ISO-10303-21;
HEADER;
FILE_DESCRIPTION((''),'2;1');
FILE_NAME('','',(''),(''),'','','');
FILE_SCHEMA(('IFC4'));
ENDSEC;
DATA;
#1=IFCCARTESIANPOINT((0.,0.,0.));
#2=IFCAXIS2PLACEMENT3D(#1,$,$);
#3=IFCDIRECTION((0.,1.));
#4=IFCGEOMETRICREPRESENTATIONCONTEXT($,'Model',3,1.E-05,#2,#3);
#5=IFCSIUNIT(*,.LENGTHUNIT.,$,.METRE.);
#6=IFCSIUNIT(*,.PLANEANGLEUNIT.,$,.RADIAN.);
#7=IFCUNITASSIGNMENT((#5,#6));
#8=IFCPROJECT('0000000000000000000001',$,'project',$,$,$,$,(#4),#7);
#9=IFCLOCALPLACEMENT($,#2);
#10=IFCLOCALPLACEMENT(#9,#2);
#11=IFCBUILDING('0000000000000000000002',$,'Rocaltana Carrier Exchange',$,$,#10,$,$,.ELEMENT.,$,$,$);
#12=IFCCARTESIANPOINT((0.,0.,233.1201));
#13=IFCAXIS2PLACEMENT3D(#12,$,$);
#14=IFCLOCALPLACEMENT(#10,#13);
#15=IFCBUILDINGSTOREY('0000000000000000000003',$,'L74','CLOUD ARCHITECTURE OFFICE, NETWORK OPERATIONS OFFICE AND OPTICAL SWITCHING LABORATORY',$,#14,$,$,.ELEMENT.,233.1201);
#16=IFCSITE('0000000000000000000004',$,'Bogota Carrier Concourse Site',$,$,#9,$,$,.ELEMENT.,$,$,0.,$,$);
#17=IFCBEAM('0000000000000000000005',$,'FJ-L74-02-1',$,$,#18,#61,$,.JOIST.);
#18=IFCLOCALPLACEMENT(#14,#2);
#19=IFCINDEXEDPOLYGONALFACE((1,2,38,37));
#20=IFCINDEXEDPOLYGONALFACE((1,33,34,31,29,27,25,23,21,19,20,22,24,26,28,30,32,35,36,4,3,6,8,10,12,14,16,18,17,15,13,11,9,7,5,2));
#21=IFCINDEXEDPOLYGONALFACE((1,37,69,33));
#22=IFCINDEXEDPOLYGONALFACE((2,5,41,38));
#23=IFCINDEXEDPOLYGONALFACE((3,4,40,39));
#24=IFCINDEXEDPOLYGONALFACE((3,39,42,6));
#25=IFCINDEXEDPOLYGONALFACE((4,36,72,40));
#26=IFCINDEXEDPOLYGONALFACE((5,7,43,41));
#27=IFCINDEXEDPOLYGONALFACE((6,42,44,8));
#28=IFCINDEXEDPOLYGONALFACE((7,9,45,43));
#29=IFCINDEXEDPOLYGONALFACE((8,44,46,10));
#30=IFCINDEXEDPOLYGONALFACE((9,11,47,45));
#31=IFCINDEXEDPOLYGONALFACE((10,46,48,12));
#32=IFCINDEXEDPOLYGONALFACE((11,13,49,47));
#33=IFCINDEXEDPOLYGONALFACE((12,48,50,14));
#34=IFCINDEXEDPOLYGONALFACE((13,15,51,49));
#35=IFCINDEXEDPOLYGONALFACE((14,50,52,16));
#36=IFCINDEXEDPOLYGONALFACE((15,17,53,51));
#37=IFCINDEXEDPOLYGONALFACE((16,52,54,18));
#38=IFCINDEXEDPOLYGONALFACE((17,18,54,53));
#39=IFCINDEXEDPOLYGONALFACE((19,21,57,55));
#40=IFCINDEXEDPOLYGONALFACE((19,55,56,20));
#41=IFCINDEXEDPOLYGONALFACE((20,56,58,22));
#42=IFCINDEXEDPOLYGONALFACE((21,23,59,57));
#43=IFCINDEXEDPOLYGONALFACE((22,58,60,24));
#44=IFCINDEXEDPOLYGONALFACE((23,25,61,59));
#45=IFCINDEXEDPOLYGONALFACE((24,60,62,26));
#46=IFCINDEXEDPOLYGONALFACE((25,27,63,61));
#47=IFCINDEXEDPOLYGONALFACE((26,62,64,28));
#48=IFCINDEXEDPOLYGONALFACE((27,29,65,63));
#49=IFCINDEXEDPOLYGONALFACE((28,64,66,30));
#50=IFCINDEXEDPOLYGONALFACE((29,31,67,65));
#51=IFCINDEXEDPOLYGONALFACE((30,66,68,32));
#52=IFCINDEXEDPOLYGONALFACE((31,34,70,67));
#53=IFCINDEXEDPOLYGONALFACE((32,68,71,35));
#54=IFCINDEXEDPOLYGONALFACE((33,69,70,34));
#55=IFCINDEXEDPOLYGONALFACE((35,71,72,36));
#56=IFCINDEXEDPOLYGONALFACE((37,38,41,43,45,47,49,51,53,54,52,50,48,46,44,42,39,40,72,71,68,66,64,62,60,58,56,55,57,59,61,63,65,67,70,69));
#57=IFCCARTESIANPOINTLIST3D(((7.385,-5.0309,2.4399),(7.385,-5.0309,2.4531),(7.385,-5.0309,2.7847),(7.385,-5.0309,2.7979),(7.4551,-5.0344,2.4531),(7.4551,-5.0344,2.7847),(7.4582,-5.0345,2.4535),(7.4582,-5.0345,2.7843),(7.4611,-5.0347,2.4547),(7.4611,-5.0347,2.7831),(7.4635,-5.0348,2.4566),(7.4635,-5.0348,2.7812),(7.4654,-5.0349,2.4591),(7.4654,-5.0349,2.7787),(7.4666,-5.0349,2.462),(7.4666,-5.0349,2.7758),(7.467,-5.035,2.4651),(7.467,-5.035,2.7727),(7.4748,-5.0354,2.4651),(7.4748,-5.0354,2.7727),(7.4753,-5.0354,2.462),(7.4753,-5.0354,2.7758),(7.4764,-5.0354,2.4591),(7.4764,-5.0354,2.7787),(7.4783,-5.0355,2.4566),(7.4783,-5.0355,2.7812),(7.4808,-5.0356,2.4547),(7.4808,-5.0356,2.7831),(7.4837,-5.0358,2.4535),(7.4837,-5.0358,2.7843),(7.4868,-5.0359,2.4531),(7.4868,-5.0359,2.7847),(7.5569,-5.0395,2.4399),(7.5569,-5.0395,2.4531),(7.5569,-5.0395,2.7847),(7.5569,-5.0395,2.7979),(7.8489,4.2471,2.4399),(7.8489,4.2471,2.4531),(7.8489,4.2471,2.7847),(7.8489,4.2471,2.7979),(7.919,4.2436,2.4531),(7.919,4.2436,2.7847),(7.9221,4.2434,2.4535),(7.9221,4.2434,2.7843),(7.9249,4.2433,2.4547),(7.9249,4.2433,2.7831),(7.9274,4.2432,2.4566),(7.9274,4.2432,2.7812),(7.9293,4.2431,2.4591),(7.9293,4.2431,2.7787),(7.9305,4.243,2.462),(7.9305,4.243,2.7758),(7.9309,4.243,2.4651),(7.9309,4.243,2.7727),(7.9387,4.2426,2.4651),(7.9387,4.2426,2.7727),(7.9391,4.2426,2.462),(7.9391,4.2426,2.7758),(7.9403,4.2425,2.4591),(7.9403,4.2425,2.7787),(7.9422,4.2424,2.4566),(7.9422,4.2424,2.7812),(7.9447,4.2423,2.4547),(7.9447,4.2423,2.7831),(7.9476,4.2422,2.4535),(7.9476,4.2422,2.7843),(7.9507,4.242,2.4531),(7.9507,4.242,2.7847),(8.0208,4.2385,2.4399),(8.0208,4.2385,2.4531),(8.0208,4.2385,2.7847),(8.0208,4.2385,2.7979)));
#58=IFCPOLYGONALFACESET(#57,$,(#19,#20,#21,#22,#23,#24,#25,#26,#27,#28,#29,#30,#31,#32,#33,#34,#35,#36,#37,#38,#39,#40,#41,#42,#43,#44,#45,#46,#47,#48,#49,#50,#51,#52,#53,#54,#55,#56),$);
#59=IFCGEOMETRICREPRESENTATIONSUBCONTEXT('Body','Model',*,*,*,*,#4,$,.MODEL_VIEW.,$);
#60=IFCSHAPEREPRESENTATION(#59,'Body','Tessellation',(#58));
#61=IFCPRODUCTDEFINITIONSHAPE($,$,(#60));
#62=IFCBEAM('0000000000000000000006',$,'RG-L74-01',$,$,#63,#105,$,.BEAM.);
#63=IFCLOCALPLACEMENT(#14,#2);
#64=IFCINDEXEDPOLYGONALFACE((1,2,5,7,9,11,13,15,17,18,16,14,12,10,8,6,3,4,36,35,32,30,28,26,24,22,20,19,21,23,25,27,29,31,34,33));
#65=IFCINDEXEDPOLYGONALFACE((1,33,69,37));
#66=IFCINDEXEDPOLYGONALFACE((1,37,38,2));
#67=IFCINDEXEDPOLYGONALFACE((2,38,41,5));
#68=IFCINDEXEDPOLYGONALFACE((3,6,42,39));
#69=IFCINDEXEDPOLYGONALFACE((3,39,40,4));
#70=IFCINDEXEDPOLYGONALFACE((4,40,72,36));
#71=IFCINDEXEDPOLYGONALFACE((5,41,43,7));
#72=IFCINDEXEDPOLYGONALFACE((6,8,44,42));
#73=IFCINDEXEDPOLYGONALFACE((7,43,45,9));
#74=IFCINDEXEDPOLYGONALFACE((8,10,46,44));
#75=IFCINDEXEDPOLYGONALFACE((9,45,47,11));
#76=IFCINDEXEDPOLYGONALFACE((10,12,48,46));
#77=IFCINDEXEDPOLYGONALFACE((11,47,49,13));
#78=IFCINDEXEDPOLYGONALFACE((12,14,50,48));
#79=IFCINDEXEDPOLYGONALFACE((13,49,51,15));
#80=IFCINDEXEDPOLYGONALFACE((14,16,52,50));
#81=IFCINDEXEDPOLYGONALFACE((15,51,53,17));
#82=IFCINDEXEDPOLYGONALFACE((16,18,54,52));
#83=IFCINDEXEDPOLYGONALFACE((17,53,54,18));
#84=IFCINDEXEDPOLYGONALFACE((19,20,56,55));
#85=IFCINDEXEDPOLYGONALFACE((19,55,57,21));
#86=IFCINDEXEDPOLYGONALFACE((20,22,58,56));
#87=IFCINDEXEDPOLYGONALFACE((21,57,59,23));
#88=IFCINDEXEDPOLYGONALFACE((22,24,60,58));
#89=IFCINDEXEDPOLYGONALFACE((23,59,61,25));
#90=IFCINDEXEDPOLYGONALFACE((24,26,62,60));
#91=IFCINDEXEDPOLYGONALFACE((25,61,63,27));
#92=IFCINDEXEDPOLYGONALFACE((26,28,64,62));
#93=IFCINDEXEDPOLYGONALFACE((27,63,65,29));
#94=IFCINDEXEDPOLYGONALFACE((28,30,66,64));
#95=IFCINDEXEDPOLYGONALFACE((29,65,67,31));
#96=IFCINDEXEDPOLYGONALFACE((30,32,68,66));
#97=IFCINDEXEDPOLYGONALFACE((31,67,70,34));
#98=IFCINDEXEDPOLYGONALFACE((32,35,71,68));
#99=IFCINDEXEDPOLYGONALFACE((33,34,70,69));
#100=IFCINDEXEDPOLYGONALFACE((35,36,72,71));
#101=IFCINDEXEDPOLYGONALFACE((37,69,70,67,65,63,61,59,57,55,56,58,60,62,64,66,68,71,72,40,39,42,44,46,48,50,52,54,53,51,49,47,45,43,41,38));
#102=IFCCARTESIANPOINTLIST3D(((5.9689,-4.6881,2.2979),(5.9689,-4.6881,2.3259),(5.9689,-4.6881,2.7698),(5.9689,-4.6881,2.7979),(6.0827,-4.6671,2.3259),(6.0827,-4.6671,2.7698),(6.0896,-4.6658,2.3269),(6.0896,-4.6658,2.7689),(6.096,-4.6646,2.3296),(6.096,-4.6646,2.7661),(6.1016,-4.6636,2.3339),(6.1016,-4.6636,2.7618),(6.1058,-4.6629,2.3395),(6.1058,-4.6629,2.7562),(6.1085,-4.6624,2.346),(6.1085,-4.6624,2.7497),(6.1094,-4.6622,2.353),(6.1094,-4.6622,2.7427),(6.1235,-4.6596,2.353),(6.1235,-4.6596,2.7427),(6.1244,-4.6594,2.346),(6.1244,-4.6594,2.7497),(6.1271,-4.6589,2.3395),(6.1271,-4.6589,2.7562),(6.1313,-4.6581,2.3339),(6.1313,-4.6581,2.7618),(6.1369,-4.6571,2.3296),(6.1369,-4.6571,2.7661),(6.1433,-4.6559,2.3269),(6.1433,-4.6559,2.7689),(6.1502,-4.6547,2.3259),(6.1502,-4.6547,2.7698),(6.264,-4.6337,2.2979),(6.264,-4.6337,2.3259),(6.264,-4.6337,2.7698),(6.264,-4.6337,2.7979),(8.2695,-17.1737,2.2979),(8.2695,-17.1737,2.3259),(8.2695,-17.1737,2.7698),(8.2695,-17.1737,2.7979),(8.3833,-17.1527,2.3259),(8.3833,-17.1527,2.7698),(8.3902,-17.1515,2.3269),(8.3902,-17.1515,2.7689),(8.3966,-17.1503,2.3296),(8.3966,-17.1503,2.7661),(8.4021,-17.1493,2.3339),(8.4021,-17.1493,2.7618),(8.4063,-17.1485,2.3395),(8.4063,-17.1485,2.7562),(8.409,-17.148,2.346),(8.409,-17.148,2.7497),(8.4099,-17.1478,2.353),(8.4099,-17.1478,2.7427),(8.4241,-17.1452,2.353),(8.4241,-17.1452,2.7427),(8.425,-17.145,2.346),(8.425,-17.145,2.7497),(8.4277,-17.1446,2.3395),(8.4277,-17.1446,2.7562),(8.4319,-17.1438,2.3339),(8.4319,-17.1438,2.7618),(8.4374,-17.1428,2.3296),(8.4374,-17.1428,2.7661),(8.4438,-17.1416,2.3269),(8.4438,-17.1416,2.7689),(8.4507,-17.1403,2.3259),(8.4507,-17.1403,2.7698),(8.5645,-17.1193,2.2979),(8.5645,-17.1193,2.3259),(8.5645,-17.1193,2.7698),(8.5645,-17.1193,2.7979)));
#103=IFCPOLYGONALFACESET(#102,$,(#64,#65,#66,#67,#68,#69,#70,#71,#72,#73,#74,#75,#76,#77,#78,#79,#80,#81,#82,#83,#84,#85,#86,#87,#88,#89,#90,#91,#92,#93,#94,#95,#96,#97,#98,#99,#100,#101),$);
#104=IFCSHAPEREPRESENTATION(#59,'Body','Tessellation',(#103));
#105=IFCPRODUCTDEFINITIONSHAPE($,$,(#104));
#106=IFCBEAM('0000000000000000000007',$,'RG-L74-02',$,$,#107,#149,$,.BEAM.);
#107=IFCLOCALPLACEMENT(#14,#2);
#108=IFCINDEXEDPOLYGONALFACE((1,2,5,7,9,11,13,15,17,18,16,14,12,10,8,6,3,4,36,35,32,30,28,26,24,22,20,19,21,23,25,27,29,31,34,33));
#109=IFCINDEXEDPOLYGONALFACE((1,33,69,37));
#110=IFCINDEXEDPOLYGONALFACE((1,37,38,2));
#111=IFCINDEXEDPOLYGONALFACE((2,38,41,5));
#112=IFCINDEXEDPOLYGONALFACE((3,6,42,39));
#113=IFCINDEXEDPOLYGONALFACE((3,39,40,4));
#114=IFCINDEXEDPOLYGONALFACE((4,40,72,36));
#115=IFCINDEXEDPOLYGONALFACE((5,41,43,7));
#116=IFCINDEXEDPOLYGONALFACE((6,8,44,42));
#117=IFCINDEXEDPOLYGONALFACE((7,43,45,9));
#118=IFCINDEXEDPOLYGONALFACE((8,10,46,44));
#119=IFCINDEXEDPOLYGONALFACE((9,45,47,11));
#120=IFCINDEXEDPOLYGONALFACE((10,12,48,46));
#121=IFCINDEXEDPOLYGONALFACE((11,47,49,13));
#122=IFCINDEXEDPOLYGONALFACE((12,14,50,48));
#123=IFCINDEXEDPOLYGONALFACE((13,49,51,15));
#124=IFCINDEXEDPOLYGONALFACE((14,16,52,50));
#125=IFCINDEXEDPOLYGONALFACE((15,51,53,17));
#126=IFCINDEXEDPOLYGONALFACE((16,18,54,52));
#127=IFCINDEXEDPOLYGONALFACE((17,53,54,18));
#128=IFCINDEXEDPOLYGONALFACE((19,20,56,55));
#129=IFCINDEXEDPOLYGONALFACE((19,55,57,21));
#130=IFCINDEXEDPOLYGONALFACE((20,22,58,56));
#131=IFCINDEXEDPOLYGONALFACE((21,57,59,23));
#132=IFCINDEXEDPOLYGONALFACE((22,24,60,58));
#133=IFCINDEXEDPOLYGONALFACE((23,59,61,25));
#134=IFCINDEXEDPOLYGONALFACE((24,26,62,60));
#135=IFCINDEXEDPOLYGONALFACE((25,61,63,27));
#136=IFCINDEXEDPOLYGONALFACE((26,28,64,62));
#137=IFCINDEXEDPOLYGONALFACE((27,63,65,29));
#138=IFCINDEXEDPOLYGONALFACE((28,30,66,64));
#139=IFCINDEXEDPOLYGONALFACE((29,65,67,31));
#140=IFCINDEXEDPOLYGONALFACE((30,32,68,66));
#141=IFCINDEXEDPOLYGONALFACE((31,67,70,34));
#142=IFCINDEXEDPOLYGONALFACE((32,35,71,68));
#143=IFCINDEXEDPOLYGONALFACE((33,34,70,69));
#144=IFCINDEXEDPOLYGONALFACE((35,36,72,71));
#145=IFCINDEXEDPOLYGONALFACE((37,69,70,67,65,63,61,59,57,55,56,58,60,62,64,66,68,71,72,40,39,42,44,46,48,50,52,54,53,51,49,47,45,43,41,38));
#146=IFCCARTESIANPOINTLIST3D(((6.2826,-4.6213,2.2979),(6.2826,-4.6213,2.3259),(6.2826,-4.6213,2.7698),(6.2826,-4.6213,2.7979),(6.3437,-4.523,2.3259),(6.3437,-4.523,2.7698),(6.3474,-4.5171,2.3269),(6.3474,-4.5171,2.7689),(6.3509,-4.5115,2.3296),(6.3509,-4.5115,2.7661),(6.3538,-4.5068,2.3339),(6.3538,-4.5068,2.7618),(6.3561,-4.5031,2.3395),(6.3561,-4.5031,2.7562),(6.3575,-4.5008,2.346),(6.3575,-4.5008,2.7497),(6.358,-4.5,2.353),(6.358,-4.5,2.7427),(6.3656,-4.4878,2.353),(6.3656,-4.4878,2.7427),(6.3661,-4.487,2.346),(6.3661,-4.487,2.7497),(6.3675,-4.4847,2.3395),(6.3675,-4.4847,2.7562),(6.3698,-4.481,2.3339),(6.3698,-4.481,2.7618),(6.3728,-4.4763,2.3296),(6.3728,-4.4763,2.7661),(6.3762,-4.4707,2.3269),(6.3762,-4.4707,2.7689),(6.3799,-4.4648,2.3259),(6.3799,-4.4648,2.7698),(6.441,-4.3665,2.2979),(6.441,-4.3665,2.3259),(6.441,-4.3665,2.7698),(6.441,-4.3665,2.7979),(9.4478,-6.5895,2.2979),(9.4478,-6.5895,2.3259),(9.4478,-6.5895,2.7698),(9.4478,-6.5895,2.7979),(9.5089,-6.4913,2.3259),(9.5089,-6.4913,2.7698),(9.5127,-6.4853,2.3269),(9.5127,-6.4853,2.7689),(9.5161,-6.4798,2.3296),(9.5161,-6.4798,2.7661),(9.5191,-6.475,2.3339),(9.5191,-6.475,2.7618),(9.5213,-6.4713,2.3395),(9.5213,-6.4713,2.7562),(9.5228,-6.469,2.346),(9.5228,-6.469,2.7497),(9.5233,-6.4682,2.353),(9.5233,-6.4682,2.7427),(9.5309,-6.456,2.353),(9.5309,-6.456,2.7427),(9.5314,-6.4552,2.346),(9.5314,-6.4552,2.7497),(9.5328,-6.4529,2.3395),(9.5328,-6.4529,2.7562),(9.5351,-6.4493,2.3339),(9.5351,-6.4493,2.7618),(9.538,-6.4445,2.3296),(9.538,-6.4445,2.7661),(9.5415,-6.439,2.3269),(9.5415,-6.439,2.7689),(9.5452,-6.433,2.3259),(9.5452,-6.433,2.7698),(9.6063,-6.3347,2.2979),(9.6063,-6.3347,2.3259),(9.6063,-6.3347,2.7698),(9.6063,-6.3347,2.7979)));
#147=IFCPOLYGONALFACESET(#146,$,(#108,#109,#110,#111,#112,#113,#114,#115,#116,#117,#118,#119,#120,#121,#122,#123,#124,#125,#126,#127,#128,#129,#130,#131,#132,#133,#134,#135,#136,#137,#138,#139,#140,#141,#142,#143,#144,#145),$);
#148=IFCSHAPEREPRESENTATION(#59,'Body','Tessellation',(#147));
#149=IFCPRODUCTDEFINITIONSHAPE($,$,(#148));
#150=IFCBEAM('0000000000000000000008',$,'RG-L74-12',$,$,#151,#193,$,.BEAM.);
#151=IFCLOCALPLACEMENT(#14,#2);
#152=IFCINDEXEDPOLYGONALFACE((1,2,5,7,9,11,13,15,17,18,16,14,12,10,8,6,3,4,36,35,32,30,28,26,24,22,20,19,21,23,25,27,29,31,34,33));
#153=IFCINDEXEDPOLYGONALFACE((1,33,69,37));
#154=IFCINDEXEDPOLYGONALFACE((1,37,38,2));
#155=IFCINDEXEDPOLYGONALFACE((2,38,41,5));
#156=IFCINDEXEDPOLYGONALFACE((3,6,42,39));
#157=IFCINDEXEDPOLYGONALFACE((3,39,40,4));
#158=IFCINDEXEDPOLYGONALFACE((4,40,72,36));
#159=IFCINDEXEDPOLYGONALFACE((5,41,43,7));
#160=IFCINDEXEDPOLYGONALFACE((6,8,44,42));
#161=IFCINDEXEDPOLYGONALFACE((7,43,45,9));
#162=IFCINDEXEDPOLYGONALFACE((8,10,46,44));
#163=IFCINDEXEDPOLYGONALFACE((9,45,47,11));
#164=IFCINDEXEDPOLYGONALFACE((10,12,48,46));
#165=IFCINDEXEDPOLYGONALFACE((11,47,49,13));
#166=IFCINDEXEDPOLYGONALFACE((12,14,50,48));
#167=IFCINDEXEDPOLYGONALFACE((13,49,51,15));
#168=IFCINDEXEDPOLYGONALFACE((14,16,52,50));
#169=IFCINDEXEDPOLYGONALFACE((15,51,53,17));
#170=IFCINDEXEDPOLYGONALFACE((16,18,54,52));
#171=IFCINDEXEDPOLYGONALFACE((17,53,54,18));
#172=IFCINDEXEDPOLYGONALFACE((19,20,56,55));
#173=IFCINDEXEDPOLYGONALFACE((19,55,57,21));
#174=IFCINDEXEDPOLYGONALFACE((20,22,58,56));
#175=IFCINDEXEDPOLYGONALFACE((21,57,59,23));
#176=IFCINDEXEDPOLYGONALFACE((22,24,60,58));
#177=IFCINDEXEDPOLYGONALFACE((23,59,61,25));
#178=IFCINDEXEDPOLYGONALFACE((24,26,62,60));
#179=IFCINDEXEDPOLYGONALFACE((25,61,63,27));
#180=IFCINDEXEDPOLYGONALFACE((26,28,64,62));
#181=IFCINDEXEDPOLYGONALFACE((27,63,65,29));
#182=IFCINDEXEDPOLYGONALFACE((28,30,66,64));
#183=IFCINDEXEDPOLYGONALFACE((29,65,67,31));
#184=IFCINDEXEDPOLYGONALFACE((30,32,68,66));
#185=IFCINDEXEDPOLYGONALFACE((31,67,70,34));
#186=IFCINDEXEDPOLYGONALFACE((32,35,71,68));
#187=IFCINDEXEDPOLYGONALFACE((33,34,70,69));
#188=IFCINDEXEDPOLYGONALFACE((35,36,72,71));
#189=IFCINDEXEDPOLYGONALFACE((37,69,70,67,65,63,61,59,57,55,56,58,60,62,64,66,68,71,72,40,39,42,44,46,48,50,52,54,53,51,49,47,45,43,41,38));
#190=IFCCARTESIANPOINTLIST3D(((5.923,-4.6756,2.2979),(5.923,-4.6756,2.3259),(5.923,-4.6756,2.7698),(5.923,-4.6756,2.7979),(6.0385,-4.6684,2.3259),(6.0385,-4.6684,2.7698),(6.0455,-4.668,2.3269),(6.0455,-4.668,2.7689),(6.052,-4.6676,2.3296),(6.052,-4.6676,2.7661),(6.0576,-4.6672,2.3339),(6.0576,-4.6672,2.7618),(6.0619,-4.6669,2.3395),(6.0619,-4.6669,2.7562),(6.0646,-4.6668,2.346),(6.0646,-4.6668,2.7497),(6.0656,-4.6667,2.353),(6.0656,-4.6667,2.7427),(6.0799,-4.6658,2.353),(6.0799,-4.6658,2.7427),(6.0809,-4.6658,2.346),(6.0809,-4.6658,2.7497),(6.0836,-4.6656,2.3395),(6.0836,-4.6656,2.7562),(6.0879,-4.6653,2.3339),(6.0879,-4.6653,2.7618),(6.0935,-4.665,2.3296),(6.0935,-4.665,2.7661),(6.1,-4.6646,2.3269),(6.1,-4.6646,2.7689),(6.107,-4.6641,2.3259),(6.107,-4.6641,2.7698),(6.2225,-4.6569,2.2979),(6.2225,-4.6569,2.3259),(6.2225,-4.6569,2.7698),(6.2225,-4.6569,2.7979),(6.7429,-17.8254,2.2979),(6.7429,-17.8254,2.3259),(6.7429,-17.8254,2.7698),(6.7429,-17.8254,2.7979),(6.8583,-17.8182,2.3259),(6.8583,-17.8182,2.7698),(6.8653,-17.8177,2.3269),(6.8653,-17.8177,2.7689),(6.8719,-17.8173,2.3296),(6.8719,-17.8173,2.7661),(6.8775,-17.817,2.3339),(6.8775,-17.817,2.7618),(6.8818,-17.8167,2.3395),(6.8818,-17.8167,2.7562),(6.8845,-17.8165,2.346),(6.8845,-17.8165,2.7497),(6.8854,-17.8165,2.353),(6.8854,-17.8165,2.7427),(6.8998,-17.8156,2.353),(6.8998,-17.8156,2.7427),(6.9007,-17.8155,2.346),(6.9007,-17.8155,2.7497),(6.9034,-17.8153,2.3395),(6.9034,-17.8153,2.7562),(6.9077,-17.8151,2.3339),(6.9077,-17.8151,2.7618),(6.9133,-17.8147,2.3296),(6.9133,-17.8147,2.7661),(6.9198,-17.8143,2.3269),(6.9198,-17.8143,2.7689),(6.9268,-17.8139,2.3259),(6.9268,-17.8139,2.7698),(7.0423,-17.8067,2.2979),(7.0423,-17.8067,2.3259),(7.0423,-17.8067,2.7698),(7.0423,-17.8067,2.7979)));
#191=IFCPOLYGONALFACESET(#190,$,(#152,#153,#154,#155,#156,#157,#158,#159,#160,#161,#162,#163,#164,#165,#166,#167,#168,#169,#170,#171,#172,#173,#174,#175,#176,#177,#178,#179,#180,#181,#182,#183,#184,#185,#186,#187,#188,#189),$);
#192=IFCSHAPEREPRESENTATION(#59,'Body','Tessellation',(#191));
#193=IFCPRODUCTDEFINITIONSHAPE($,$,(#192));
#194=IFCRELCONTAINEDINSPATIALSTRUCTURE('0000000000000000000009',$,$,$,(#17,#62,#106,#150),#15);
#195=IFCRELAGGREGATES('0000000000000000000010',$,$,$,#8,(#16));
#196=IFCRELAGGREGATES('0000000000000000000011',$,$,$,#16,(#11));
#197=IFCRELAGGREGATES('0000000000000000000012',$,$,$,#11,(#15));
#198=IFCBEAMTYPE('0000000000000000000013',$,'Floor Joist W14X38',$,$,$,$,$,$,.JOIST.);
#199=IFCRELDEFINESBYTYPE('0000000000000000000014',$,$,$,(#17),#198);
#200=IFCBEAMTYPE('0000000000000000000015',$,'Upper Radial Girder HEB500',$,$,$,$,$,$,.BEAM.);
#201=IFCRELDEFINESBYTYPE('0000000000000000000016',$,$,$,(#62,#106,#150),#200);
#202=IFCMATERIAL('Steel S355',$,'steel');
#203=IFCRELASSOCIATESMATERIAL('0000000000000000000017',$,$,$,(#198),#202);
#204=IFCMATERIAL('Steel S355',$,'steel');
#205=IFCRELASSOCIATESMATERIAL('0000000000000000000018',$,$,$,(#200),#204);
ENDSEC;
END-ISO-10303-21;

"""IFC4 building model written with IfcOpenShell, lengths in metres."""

from ifc_helpers import new_model, si_unit, direction, frame, origin, origin_2d, place, context, subcontext, project, spatial, i_section, extrude, material, material_profile, profile_set, type_object, element, save


model = new_model("IFC4")

# Units and contexts
model_context = context("Model", 3, precision=1e-05, world=origin(), true_north=direction((0.0, 1.0)))
body_context = subcontext(model_context, "Body", "Model", "MODEL_VIEW")
ifc_project = project(units=[si_unit("LENGTHUNIT", "METRE"), si_unit("PLANEANGLEUNIT", "RADIAN")], contexts=[model_context])

# Site, building, storey
site_placement = place(None, origin())
site = spatial("IfcSite", under=ifc_project, at=site_placement, Name="Bogota Carrier Concourse Site", CompositionType="ELEMENT", RefElevation=0.0)
building_placement = place(site_placement, origin())
building = spatial("IfcBuilding", under=site, at=building_placement, Name="Rocaltana Carrier Exchange", CompositionType="ELEMENT")
storey_placement = place(building_placement, frame((0.0, 0.0, 233.1201)))
storey = spatial("IfcBuildingStorey", under=building, at=storey_placement, Name="L74", Description="CLOUD ARCHITECTURE OFFICE, NETWORK OPERATIONS OFFICE AND OPTICAL SWITCHING LABORATORY", CompositionType="ELEMENT", Elevation=233.1201)

# Beams
ifc_material_1 = material(Name="Steel S355", Category="steel")
ifc_material_profile_1 = material_profile(ifc_material_1, i_section(OverallWidth=0.1721, OverallDepth=0.3579, WebThickness=0.0078, FlangeThickness=0.0132, FilletRadius=0.012, at=origin_2d()), Name="W14X38")
ifc_profile_set_1 = profile_set([ifc_material_profile_1], Name="Steel S355")
beam_type_1 = type_object("IfcBeamType", Name="Floor Joist W14X38", PredefinedType="JOIST", material=ifc_profile_set_1)
beam_1_placement = place(storey_placement, frame((7.4709, -5.0352, 2.6189), z_axis=(0.049934, 0.998753, 0.0), x_axis=(-0.998753, 0.049934, 0.0)))
element("IfcBeam", 1, at=beam_1_placement, inside=storey, type_object=beam_type_1, Name="FJ-L74-02-1", PredefinedType="JOIST", context=body_context, shape_type="SweptSolid", body=[
    extrude(i_section(OverallWidth=0.1721, OverallDepth=0.3579, WebThickness=0.0078, FlangeThickness=0.0132, FilletRadius=0.012, at=origin_2d()), origin(), (0.0, 0.0, 1.0), 9.2896),
])
ifc_material_2 = material(Name="Steel S355", Category="steel")
ifc_material_profile_2 = material_profile(ifc_material_2, i_section(OverallWidth=0.3, OverallDepth=0.5, WebThickness=0.0144, FlangeThickness=0.0281, FilletRadius=0.0271, at=origin_2d()), Name="HEB500")
ifc_profile_set_2 = profile_set([ifc_material_profile_2], Name="Steel S355")
beam_type_2 = type_object("IfcBeamType", Name="Upper Radial Girder HEB500", PredefinedType="BEAM", material=ifc_profile_set_2)
beam_2_placement = place(storey_placement, frame((6.1165, -4.6609, 2.5479), z_axis=(0.181205, -0.983445, 0.0), x_axis=(0.983445, 0.181205, 0.0)))
element("IfcBeam", 2, at=beam_2_placement, inside=storey, type_object=beam_type_2, Name="RG-L74-01", PredefinedType="BEAM", context=body_context, shape_type="SweptSolid", body=[
    extrude(i_section(OverallWidth=0.3, OverallDepth=0.5, WebThickness=0.0144, FlangeThickness=0.0281, FilletRadius=0.0271, at=origin_2d()), origin(), (0.0, 0.0, 1.0), 12.6958),
])
beam_3_placement = place(storey_placement, frame((6.3618, -4.4939, 2.5479), z_axis=(0.849207, -0.528061, 0.0), x_axis=(0.528061, 0.849207, 0.0)))
element("IfcBeam", 3, at=beam_3_placement, inside=storey, type_object=beam_type_2, Name="RG-L74-02", PredefinedType="BEAM", context=body_context, shape_type="SweptSolid", body=[
    extrude(i_section(OverallWidth=0.3, OverallDepth=0.5, WebThickness=0.0144, FlangeThickness=0.0281, FilletRadius=0.0271, at=origin_2d()), origin(), (0.0, 0.0, 1.0), 3.7273),
])
beam_4_placement = place(storey_placement, frame((6.0728, -4.6663, 2.5479), z_axis=(0.062225, -0.998062, 0.0), x_axis=(0.998062, 0.062225, 0.0)))
element("IfcBeam", 4, at=beam_4_placement, inside=storey, type_object=beam_type_2, Name="RG-L74-12", PredefinedType="BEAM", context=body_context, shape_type="SweptSolid", body=[
    extrude(i_section(OverallWidth=0.3, OverallDepth=0.5, WebThickness=0.0144, FlangeThickness=0.0281, FilletRadius=0.0271, at=origin_2d()), origin(), (0.0, 0.0, 1.0), 13.1753),
])

save(model, "model.ifc")
